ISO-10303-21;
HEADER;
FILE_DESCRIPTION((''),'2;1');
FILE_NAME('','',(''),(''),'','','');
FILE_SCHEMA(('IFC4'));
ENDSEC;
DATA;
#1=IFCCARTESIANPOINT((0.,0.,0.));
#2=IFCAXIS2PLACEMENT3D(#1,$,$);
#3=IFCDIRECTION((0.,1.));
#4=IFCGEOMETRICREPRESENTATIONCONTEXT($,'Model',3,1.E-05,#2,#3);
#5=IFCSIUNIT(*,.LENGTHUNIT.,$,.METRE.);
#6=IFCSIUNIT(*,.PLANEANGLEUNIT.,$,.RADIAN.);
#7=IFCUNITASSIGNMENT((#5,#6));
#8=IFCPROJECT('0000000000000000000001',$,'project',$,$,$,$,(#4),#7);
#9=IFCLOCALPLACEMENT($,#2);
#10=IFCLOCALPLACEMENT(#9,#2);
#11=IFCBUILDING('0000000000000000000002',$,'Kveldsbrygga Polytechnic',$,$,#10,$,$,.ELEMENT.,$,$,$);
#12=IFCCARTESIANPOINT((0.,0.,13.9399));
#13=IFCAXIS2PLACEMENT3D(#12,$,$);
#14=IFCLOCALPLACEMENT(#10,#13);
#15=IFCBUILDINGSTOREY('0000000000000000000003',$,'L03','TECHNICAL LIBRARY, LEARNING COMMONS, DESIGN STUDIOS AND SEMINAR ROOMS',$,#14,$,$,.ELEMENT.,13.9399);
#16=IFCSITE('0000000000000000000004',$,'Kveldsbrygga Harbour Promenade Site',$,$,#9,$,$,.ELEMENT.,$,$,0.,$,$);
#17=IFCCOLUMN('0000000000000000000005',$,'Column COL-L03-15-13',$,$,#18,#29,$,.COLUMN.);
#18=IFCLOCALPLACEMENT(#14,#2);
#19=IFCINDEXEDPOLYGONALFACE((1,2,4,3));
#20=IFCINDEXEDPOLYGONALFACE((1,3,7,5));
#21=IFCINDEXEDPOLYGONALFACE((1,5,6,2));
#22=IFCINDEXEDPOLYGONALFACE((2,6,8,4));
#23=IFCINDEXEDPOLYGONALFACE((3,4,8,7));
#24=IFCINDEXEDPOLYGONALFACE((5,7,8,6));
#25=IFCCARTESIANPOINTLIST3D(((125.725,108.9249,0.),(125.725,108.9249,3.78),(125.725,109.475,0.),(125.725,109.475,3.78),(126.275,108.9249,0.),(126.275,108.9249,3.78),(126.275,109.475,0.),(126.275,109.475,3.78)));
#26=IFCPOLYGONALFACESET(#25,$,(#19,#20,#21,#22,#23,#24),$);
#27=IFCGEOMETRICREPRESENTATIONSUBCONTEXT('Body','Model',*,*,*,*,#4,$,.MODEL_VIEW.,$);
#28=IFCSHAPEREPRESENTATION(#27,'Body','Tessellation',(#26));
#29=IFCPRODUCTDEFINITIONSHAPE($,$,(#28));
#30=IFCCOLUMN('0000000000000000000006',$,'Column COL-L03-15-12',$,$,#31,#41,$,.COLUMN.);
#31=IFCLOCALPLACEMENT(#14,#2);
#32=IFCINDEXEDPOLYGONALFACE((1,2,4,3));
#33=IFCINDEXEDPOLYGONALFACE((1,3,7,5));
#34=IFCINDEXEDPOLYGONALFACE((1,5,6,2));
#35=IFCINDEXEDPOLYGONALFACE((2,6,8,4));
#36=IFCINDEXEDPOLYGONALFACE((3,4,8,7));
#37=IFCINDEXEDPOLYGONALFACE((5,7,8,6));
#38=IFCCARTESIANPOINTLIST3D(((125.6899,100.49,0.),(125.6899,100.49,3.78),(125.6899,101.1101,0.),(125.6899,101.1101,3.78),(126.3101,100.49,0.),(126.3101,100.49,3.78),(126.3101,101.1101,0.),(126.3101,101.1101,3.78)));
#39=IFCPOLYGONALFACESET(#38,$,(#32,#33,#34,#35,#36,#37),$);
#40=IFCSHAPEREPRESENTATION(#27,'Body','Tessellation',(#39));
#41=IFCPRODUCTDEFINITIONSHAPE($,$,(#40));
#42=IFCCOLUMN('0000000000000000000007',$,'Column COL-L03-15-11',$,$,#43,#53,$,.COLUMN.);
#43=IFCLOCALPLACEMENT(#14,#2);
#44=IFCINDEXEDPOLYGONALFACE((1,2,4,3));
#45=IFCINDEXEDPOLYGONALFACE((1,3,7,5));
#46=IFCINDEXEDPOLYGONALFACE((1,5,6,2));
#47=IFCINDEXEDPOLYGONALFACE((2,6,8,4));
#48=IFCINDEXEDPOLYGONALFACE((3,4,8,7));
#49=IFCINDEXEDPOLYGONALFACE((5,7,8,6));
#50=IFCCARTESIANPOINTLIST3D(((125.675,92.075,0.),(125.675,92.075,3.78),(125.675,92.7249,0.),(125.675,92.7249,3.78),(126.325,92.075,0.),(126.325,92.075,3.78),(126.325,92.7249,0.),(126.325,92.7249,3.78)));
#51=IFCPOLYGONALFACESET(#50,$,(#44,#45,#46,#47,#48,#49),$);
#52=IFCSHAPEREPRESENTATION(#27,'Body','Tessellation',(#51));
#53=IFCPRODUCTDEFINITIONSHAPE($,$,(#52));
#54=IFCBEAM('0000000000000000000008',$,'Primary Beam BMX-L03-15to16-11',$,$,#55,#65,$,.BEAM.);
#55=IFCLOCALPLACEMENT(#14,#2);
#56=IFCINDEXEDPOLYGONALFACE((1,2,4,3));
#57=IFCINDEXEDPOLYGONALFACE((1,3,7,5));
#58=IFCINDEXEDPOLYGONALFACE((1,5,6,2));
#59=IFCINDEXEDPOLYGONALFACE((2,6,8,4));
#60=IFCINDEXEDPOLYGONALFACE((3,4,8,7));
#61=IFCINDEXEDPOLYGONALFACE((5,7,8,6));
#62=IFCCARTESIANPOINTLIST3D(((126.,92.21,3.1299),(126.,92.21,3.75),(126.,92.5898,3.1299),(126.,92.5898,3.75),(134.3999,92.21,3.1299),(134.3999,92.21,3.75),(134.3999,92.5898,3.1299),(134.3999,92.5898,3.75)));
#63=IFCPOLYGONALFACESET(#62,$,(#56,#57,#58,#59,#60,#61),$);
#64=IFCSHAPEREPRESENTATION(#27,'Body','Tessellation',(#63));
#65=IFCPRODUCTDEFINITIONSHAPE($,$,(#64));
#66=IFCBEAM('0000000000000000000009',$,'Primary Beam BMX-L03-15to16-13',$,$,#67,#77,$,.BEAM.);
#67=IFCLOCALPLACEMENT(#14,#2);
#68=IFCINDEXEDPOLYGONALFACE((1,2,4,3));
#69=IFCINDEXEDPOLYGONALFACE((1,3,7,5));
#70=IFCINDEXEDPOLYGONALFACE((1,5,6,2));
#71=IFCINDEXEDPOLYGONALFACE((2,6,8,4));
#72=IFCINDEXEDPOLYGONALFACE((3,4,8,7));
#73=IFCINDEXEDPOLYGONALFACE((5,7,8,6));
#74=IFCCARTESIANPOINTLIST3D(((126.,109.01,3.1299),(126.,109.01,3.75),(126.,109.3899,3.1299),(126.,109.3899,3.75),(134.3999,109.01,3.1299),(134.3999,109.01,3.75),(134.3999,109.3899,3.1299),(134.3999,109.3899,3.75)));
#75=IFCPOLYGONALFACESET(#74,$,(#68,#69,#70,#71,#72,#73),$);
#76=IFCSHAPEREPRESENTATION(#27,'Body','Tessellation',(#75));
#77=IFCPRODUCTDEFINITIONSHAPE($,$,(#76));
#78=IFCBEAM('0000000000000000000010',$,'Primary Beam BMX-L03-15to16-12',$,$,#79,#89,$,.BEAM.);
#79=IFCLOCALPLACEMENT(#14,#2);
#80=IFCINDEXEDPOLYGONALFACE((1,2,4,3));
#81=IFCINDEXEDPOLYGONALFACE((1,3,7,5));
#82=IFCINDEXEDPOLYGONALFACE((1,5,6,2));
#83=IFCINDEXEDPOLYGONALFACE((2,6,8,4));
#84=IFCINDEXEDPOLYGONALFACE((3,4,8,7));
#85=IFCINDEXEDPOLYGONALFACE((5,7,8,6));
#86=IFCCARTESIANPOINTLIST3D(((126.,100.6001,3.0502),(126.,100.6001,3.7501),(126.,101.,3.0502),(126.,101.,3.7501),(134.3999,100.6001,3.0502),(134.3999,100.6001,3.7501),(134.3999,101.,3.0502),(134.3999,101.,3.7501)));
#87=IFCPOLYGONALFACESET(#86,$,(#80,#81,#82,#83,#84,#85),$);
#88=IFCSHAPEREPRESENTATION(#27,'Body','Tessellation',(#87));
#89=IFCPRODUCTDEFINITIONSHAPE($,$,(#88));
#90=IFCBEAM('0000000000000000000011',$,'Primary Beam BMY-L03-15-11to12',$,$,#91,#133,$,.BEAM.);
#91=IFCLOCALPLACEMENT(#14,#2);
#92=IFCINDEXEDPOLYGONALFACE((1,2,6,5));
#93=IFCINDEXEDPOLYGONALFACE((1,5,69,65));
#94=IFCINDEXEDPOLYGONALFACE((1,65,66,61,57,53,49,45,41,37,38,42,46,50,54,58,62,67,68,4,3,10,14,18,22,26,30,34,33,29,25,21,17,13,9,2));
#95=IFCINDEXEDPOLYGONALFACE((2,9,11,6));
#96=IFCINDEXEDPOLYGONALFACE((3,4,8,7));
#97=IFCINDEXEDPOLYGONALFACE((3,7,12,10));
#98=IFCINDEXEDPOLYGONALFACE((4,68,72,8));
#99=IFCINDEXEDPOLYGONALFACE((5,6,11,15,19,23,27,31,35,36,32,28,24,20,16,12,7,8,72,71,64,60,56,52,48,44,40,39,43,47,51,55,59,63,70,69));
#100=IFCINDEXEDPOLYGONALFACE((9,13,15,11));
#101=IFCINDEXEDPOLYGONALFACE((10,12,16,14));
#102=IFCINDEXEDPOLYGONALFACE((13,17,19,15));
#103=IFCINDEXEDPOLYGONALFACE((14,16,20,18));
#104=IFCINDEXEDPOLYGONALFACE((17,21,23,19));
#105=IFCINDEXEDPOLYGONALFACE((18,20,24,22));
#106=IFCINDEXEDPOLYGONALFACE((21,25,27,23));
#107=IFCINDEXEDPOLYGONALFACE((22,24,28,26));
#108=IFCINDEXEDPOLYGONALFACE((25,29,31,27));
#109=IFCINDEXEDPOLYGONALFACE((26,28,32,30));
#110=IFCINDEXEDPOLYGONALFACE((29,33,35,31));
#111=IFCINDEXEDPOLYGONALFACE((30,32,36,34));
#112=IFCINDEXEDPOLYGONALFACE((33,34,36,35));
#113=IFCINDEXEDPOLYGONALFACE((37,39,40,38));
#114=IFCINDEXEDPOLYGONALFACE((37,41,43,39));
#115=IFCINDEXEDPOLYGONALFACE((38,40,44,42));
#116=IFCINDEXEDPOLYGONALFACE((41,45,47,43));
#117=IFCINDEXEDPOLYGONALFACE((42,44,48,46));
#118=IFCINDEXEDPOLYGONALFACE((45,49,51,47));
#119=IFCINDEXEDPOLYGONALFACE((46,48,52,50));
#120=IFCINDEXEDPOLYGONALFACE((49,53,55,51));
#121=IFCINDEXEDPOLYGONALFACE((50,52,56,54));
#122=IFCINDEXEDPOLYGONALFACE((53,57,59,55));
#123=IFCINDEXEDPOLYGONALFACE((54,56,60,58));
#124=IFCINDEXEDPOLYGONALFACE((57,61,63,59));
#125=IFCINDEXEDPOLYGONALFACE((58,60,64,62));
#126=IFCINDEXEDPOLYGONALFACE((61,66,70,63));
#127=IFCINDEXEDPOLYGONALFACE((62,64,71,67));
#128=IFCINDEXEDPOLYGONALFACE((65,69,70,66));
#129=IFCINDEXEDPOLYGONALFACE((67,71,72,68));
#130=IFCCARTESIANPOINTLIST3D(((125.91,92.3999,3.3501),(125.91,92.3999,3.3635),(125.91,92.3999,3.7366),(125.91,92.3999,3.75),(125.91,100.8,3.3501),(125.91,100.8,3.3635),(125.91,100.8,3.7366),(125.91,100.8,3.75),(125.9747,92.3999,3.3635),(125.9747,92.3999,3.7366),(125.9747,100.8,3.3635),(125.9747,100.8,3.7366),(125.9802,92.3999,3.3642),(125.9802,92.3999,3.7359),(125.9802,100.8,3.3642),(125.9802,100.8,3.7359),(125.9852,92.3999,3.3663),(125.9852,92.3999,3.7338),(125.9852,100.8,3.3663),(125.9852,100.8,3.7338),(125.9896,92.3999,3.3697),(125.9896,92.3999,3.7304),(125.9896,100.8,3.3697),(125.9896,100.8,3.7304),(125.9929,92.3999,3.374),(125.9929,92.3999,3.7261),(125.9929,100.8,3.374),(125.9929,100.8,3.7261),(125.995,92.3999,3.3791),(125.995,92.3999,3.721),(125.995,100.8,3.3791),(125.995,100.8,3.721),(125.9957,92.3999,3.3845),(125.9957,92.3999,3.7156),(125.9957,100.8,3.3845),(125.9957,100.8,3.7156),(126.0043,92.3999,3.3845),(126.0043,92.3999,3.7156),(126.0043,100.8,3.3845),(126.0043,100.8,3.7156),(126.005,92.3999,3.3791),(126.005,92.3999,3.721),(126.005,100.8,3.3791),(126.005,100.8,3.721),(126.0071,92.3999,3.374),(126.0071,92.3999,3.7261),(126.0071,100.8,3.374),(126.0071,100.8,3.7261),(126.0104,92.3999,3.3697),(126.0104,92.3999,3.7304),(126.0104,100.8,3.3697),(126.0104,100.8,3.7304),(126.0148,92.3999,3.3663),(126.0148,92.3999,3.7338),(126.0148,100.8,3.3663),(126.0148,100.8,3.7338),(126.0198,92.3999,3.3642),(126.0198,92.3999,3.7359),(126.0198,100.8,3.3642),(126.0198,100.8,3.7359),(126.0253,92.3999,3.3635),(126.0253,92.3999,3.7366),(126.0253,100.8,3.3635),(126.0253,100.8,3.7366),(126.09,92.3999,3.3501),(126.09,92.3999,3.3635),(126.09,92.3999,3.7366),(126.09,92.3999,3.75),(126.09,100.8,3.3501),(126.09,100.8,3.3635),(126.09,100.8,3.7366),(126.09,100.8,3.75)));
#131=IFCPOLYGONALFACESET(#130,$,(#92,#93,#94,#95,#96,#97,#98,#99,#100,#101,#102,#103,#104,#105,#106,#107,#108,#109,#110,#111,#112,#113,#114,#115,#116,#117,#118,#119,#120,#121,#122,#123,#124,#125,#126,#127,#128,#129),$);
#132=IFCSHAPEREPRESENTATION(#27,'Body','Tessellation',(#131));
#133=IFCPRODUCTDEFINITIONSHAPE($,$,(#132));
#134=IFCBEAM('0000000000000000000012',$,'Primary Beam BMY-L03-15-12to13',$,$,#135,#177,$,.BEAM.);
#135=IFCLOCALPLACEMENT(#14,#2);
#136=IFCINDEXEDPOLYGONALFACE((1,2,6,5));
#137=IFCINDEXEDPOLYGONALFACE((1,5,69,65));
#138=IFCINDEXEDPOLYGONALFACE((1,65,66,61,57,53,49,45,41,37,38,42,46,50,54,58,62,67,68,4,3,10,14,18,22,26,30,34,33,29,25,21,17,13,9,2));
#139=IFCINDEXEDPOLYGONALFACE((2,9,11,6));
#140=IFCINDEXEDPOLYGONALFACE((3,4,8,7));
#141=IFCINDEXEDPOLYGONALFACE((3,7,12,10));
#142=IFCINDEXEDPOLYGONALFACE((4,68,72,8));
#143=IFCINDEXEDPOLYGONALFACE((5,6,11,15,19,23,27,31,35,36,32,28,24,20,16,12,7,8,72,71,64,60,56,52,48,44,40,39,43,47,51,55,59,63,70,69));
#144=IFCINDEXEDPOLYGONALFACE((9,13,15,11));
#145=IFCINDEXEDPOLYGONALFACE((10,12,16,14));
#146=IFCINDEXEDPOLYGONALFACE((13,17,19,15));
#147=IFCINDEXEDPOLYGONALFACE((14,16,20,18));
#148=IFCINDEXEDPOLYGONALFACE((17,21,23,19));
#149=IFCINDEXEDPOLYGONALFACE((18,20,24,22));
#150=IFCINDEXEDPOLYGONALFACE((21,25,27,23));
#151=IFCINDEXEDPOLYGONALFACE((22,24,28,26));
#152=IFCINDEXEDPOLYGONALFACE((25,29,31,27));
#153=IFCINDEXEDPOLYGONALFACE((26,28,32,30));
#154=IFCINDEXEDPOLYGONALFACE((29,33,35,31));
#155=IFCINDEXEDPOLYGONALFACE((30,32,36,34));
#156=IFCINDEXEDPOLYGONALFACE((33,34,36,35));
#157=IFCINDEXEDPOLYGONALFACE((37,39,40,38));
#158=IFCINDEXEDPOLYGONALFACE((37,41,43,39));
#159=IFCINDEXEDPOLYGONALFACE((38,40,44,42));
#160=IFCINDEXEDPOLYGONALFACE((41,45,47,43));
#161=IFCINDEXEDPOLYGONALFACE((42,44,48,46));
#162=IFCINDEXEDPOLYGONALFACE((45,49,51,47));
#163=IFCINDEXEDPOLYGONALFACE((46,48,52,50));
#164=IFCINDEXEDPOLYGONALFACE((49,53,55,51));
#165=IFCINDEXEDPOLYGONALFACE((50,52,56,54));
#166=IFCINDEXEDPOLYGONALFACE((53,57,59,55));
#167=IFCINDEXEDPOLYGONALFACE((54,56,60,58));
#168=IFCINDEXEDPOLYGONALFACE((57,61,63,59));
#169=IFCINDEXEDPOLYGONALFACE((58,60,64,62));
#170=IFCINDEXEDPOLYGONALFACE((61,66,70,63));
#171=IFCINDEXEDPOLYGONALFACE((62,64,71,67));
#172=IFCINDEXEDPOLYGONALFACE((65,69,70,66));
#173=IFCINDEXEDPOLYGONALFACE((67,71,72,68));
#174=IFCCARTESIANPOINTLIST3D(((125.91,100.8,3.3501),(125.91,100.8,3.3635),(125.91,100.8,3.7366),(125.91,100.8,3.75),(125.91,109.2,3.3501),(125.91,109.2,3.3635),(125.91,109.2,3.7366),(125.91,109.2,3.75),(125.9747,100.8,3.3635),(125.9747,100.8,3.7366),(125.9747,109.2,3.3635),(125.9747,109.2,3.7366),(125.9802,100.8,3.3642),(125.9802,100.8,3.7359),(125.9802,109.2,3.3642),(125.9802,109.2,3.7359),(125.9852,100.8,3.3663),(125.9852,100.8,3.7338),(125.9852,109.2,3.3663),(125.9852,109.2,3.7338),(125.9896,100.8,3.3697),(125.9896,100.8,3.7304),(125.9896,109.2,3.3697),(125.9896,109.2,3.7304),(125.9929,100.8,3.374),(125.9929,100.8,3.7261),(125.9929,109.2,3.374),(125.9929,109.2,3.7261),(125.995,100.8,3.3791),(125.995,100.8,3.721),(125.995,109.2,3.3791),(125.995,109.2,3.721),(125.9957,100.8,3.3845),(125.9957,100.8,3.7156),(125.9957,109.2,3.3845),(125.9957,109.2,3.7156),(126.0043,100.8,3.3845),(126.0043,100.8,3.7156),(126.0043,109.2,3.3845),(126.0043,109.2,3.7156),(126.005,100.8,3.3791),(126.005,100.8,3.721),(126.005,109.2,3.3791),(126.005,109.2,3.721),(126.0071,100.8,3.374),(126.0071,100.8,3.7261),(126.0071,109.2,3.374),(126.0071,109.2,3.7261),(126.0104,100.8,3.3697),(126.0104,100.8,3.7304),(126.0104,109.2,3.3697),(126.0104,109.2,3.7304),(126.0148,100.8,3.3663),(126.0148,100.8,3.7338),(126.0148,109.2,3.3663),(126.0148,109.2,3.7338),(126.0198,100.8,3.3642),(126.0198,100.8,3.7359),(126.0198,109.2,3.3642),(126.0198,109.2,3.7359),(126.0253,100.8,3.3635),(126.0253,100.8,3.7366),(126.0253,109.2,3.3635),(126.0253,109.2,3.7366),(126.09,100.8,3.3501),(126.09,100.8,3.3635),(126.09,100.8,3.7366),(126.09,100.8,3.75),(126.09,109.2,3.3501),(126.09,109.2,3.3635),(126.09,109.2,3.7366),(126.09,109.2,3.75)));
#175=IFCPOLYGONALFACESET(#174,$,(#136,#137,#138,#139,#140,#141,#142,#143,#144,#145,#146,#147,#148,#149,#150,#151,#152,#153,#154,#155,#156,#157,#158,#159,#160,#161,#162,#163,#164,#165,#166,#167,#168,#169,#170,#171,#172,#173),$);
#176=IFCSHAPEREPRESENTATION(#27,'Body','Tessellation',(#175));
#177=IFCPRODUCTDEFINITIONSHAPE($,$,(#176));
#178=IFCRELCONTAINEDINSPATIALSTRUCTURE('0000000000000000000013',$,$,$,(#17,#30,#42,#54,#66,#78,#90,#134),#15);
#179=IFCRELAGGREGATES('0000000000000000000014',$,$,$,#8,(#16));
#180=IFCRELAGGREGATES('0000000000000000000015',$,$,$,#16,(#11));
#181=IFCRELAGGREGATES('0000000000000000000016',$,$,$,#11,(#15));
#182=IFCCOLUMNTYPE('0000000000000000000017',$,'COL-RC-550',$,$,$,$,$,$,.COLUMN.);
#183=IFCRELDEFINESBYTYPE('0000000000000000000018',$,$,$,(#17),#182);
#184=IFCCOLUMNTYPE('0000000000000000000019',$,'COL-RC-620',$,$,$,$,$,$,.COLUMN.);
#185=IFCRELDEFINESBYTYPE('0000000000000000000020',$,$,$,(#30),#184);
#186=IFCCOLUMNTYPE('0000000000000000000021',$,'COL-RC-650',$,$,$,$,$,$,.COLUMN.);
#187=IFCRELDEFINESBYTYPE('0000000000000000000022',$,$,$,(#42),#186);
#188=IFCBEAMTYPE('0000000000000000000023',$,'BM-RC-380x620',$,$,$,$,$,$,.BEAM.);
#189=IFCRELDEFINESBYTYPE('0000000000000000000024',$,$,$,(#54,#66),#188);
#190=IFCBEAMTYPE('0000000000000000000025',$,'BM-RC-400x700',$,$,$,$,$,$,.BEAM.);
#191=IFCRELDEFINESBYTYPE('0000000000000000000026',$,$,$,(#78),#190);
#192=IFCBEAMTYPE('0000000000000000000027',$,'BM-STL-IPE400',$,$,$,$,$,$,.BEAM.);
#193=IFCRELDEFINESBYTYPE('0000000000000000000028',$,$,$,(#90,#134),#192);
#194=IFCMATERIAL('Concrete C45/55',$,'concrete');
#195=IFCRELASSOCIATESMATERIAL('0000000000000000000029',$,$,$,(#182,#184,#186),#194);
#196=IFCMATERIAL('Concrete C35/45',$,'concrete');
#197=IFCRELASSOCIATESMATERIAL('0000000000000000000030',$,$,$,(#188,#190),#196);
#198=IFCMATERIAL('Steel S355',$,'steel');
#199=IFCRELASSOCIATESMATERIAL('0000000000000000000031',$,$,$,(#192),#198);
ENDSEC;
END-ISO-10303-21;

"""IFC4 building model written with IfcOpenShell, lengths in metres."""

from ifc_helpers import new_model, si_unit, direction, frame, origin, origin_2d, place, context, subcontext, project, spatial, rectangle, i_section, extrude, material, material_profile, profile_set, type_object, element, save


model = new_model("IFC4")

# Units and contexts
model_context = context("Model", 3, precision=1e-05, world=origin(), true_north=direction((0.0, 1.0)))
body_context = subcontext(model_context, "Body", "Model", "MODEL_VIEW")
ifc_project = project(units=[si_unit("LENGTHUNIT", "METRE"), si_unit("PLANEANGLEUNIT", "RADIAN")], contexts=[model_context])

# Site, building, storey
site_placement = place(None, origin())
site = spatial("IfcSite", under=ifc_project, at=site_placement, Name="Kveldsbrygga Harbour Promenade Site", CompositionType="ELEMENT", RefElevation=0.0)
building_placement = place(site_placement, origin())
building = spatial("IfcBuilding", under=site, at=building_placement, Name="Kveldsbrygga Polytechnic", CompositionType="ELEMENT")
storey_placement = place(building_placement, frame((0.0, 0.0, 13.9399)))
storey = spatial("IfcBuildingStorey", under=building, at=storey_placement, Name="L03", Description="TECHNICAL LIBRARY, LEARNING COMMONS, DESIGN STUDIOS AND SEMINAR ROOMS", CompositionType="ELEMENT", Elevation=13.9399)

# Columns
ifc_material_1 = material(Name="Concrete C45/55", Category="concrete")
ifc_material_profile_1 = material_profile(ifc_material_1, rectangle(XDim=0.55, YDim=0.55, at=origin_2d()), Name="RC 550x550")
ifc_profile_set_1 = profile_set([ifc_material_profile_1], Name="Concrete C45/55")
column_type_1 = type_object("IfcColumnType", Name="COL-RC-550", PredefinedType="COLUMN", material=ifc_profile_set_1)
column_1_placement = place(storey_placement, frame((126.0, 109.2, 0.0), z_axis=(0.0, 0.0, 1.0), x_axis=(1.0, 0.0, 0.0)))
element("IfcColumn", 1, at=column_1_placement, inside=storey, type_object=column_type_1, Name="Column COL-L03-15-13", PredefinedType="COLUMN", context=body_context, shape_type="SweptSolid", body=[
    extrude(rectangle(XDim=0.55, YDim=0.55, at=origin_2d()), origin(), (0.0, 0.0, 1.0), 3.78),
])
ifc_material_profile_2 = material_profile(ifc_material_1, rectangle(XDim=0.6201, YDim=0.6201, at=origin_2d()), Name="RC 620x620")
ifc_profile_set_2 = profile_set([ifc_material_profile_2], Name="Concrete C45/55")
column_type_2 = type_object("IfcColumnType", Name="COL-RC-620", PredefinedType="COLUMN", material=ifc_profile_set_2)
column_2_placement = place(storey_placement, frame((126.0, 100.8, 0.0), z_axis=(0.0, 0.0, 1.0), x_axis=(1.0, 0.0, 0.0)))
element("IfcColumn", 2, at=column_2_placement, inside=storey, type_object=column_type_2, Name="Column COL-L03-15-12", PredefinedType="COLUMN", context=body_context, shape_type="SweptSolid", body=[
    extrude(rectangle(XDim=0.6201, YDim=0.6201, at=origin_2d()), origin(), (0.0, 0.0, 1.0), 3.78),
])
ifc_material_profile_3 = material_profile(ifc_material_1, rectangle(XDim=0.6499, YDim=0.6499, at=origin_2d()), Name="RC 650x650")
ifc_profile_set_3 = profile_set([ifc_material_profile_3], Name="Concrete C45/55")
column_type_3 = type_object("IfcColumnType", Name="COL-RC-650", PredefinedType="COLUMN", material=ifc_profile_set_3)
column_3_placement = place(storey_placement, frame((126.0, 92.3999, 0.0), z_axis=(0.0, 0.0, 1.0), x_axis=(1.0, 0.0, 0.0)))
element("IfcColumn", 3, at=column_3_placement, inside=storey, type_object=column_type_3, Name="Column COL-L03-15-11", PredefinedType="COLUMN", context=body_context, shape_type="SweptSolid", body=[
    extrude(rectangle(XDim=0.6499, YDim=0.6499, at=origin_2d()), origin(), (0.0, 0.0, 1.0), 3.78),
])

# Beams
ifc_material_2 = material(Name="Concrete C35/45", Category="concrete")
ifc_material_profile_4 = material_profile(ifc_material_2, rectangle(XDim=0.3799, YDim=0.6201, at=origin_2d()), Name="RC 380x620")
ifc_profile_set_4 = profile_set([ifc_material_profile_4], Name="Concrete C35/45")
beam_type_1 = type_object("IfcBeamType", Name="BM-RC-380x620", PredefinedType="BEAM", material=ifc_profile_set_4)
for number, where, z_axis, x_axis, name in (
    (4, (126.0, 92.3999, 3.4399), (1.0, 0.0, 0.0), (0.0, 1.0, 0.0), "Primary Beam BMX-L03-15to16-11"),
    (5, (126.0, 109.2, 3.4399), (1.0, 0.0, 0.0), (0.0, 1.0, 0.0), "Primary Beam BMX-L03-15to16-13"),
):
    element("IfcBeam", number, at=place(storey_placement, frame(where, z_axis=z_axis, x_axis=x_axis)), inside=storey, type_object=beam_type_1, Name=name, PredefinedType="BEAM", context=body_context, shape_type="SweptSolid", body=[
        extrude(rectangle(XDim=0.3799, YDim=0.6201, at=origin_2d()), origin(), (0.0, 0.0, 1.0), 8.3999),
    ])
ifc_material_profile_5 = material_profile(ifc_material_2, rectangle(XDim=0.3999, YDim=0.7, at=origin_2d()), Name="RC 400x700")
ifc_profile_set_5 = profile_set([ifc_material_profile_5], Name="Concrete C35/45")
beam_type_2 = type_object("IfcBeamType", Name="BM-RC-400x700", PredefinedType="BEAM", material=ifc_profile_set_5)
beam_1_placement = place(storey_placement, frame((126.0, 100.8, 3.4001), z_axis=(1.0, 0.0, 0.0), x_axis=(0.0, 1.0, 0.0)))
element("IfcBeam", 6, at=beam_1_placement, inside=storey, type_object=beam_type_2, Name="Primary Beam BMX-L03-15to16-12", PredefinedType="BEAM", context=body_context, shape_type="SweptSolid", body=[
    extrude(rectangle(XDim=0.3999, YDim=0.7, at=origin_2d()), origin(), (0.0, 0.0, 1.0), 8.3999),
])
ifc_material_3 = material(Name="Steel S355", Category="steel")
ifc_material_profile_6 = material_profile(ifc_material_3, i_section(OverallWidth=0.1799, OverallDepth=0.3999, WebThickness=0.0085, FlangeThickness=0.0134, FilletRadius=0.021, at=origin_2d()), Name="IPE 400")
ifc_profile_set_6 = profile_set([ifc_material_profile_6], Name="Steel S355")
beam_type_3 = type_object("IfcBeamType", Name="BM-STL-IPE400", PredefinedType="BEAM", material=ifc_profile_set_6)
beam_2_placement = place(storey_placement, frame((126.0, 92.3999, 3.55), z_axis=(0.0, 1.0, 0.0), x_axis=(-1.0, 0.0, 0.0)))
element("IfcBeam", 7, at=beam_2_placement, inside=storey, type_object=beam_type_3, Name="Primary Beam BMY-L03-15-11to12", PredefinedType="BEAM", context=body_context, shape_type="SweptSolid", body=[
    extrude(i_section(OverallWidth=0.1799, OverallDepth=0.3999, WebThickness=0.0085, FlangeThickness=0.0134, FilletRadius=0.021, at=origin_2d()), origin(), (0.0, 0.0, 1.0), 8.4001),
])
beam_3_placement = place(storey_placement, frame((126.0, 100.8, 3.55), z_axis=(0.0, 1.0, 0.0), x_axis=(-1.0, 0.0, 0.0)))
element("IfcBeam", 8, at=beam_3_placement, inside=storey, type_object=beam_type_3, Name="Primary Beam BMY-L03-15-12to13", PredefinedType="BEAM", context=body_context, shape_type="SweptSolid", body=[
    extrude(i_section(OverallWidth=0.1799, OverallDepth=0.3999, WebThickness=0.0085, FlangeThickness=0.0134, FilletRadius=0.021, at=origin_2d()), origin(), (0.0, 0.0, 1.0), 8.3999),
])

save(model, "model.ifc")
